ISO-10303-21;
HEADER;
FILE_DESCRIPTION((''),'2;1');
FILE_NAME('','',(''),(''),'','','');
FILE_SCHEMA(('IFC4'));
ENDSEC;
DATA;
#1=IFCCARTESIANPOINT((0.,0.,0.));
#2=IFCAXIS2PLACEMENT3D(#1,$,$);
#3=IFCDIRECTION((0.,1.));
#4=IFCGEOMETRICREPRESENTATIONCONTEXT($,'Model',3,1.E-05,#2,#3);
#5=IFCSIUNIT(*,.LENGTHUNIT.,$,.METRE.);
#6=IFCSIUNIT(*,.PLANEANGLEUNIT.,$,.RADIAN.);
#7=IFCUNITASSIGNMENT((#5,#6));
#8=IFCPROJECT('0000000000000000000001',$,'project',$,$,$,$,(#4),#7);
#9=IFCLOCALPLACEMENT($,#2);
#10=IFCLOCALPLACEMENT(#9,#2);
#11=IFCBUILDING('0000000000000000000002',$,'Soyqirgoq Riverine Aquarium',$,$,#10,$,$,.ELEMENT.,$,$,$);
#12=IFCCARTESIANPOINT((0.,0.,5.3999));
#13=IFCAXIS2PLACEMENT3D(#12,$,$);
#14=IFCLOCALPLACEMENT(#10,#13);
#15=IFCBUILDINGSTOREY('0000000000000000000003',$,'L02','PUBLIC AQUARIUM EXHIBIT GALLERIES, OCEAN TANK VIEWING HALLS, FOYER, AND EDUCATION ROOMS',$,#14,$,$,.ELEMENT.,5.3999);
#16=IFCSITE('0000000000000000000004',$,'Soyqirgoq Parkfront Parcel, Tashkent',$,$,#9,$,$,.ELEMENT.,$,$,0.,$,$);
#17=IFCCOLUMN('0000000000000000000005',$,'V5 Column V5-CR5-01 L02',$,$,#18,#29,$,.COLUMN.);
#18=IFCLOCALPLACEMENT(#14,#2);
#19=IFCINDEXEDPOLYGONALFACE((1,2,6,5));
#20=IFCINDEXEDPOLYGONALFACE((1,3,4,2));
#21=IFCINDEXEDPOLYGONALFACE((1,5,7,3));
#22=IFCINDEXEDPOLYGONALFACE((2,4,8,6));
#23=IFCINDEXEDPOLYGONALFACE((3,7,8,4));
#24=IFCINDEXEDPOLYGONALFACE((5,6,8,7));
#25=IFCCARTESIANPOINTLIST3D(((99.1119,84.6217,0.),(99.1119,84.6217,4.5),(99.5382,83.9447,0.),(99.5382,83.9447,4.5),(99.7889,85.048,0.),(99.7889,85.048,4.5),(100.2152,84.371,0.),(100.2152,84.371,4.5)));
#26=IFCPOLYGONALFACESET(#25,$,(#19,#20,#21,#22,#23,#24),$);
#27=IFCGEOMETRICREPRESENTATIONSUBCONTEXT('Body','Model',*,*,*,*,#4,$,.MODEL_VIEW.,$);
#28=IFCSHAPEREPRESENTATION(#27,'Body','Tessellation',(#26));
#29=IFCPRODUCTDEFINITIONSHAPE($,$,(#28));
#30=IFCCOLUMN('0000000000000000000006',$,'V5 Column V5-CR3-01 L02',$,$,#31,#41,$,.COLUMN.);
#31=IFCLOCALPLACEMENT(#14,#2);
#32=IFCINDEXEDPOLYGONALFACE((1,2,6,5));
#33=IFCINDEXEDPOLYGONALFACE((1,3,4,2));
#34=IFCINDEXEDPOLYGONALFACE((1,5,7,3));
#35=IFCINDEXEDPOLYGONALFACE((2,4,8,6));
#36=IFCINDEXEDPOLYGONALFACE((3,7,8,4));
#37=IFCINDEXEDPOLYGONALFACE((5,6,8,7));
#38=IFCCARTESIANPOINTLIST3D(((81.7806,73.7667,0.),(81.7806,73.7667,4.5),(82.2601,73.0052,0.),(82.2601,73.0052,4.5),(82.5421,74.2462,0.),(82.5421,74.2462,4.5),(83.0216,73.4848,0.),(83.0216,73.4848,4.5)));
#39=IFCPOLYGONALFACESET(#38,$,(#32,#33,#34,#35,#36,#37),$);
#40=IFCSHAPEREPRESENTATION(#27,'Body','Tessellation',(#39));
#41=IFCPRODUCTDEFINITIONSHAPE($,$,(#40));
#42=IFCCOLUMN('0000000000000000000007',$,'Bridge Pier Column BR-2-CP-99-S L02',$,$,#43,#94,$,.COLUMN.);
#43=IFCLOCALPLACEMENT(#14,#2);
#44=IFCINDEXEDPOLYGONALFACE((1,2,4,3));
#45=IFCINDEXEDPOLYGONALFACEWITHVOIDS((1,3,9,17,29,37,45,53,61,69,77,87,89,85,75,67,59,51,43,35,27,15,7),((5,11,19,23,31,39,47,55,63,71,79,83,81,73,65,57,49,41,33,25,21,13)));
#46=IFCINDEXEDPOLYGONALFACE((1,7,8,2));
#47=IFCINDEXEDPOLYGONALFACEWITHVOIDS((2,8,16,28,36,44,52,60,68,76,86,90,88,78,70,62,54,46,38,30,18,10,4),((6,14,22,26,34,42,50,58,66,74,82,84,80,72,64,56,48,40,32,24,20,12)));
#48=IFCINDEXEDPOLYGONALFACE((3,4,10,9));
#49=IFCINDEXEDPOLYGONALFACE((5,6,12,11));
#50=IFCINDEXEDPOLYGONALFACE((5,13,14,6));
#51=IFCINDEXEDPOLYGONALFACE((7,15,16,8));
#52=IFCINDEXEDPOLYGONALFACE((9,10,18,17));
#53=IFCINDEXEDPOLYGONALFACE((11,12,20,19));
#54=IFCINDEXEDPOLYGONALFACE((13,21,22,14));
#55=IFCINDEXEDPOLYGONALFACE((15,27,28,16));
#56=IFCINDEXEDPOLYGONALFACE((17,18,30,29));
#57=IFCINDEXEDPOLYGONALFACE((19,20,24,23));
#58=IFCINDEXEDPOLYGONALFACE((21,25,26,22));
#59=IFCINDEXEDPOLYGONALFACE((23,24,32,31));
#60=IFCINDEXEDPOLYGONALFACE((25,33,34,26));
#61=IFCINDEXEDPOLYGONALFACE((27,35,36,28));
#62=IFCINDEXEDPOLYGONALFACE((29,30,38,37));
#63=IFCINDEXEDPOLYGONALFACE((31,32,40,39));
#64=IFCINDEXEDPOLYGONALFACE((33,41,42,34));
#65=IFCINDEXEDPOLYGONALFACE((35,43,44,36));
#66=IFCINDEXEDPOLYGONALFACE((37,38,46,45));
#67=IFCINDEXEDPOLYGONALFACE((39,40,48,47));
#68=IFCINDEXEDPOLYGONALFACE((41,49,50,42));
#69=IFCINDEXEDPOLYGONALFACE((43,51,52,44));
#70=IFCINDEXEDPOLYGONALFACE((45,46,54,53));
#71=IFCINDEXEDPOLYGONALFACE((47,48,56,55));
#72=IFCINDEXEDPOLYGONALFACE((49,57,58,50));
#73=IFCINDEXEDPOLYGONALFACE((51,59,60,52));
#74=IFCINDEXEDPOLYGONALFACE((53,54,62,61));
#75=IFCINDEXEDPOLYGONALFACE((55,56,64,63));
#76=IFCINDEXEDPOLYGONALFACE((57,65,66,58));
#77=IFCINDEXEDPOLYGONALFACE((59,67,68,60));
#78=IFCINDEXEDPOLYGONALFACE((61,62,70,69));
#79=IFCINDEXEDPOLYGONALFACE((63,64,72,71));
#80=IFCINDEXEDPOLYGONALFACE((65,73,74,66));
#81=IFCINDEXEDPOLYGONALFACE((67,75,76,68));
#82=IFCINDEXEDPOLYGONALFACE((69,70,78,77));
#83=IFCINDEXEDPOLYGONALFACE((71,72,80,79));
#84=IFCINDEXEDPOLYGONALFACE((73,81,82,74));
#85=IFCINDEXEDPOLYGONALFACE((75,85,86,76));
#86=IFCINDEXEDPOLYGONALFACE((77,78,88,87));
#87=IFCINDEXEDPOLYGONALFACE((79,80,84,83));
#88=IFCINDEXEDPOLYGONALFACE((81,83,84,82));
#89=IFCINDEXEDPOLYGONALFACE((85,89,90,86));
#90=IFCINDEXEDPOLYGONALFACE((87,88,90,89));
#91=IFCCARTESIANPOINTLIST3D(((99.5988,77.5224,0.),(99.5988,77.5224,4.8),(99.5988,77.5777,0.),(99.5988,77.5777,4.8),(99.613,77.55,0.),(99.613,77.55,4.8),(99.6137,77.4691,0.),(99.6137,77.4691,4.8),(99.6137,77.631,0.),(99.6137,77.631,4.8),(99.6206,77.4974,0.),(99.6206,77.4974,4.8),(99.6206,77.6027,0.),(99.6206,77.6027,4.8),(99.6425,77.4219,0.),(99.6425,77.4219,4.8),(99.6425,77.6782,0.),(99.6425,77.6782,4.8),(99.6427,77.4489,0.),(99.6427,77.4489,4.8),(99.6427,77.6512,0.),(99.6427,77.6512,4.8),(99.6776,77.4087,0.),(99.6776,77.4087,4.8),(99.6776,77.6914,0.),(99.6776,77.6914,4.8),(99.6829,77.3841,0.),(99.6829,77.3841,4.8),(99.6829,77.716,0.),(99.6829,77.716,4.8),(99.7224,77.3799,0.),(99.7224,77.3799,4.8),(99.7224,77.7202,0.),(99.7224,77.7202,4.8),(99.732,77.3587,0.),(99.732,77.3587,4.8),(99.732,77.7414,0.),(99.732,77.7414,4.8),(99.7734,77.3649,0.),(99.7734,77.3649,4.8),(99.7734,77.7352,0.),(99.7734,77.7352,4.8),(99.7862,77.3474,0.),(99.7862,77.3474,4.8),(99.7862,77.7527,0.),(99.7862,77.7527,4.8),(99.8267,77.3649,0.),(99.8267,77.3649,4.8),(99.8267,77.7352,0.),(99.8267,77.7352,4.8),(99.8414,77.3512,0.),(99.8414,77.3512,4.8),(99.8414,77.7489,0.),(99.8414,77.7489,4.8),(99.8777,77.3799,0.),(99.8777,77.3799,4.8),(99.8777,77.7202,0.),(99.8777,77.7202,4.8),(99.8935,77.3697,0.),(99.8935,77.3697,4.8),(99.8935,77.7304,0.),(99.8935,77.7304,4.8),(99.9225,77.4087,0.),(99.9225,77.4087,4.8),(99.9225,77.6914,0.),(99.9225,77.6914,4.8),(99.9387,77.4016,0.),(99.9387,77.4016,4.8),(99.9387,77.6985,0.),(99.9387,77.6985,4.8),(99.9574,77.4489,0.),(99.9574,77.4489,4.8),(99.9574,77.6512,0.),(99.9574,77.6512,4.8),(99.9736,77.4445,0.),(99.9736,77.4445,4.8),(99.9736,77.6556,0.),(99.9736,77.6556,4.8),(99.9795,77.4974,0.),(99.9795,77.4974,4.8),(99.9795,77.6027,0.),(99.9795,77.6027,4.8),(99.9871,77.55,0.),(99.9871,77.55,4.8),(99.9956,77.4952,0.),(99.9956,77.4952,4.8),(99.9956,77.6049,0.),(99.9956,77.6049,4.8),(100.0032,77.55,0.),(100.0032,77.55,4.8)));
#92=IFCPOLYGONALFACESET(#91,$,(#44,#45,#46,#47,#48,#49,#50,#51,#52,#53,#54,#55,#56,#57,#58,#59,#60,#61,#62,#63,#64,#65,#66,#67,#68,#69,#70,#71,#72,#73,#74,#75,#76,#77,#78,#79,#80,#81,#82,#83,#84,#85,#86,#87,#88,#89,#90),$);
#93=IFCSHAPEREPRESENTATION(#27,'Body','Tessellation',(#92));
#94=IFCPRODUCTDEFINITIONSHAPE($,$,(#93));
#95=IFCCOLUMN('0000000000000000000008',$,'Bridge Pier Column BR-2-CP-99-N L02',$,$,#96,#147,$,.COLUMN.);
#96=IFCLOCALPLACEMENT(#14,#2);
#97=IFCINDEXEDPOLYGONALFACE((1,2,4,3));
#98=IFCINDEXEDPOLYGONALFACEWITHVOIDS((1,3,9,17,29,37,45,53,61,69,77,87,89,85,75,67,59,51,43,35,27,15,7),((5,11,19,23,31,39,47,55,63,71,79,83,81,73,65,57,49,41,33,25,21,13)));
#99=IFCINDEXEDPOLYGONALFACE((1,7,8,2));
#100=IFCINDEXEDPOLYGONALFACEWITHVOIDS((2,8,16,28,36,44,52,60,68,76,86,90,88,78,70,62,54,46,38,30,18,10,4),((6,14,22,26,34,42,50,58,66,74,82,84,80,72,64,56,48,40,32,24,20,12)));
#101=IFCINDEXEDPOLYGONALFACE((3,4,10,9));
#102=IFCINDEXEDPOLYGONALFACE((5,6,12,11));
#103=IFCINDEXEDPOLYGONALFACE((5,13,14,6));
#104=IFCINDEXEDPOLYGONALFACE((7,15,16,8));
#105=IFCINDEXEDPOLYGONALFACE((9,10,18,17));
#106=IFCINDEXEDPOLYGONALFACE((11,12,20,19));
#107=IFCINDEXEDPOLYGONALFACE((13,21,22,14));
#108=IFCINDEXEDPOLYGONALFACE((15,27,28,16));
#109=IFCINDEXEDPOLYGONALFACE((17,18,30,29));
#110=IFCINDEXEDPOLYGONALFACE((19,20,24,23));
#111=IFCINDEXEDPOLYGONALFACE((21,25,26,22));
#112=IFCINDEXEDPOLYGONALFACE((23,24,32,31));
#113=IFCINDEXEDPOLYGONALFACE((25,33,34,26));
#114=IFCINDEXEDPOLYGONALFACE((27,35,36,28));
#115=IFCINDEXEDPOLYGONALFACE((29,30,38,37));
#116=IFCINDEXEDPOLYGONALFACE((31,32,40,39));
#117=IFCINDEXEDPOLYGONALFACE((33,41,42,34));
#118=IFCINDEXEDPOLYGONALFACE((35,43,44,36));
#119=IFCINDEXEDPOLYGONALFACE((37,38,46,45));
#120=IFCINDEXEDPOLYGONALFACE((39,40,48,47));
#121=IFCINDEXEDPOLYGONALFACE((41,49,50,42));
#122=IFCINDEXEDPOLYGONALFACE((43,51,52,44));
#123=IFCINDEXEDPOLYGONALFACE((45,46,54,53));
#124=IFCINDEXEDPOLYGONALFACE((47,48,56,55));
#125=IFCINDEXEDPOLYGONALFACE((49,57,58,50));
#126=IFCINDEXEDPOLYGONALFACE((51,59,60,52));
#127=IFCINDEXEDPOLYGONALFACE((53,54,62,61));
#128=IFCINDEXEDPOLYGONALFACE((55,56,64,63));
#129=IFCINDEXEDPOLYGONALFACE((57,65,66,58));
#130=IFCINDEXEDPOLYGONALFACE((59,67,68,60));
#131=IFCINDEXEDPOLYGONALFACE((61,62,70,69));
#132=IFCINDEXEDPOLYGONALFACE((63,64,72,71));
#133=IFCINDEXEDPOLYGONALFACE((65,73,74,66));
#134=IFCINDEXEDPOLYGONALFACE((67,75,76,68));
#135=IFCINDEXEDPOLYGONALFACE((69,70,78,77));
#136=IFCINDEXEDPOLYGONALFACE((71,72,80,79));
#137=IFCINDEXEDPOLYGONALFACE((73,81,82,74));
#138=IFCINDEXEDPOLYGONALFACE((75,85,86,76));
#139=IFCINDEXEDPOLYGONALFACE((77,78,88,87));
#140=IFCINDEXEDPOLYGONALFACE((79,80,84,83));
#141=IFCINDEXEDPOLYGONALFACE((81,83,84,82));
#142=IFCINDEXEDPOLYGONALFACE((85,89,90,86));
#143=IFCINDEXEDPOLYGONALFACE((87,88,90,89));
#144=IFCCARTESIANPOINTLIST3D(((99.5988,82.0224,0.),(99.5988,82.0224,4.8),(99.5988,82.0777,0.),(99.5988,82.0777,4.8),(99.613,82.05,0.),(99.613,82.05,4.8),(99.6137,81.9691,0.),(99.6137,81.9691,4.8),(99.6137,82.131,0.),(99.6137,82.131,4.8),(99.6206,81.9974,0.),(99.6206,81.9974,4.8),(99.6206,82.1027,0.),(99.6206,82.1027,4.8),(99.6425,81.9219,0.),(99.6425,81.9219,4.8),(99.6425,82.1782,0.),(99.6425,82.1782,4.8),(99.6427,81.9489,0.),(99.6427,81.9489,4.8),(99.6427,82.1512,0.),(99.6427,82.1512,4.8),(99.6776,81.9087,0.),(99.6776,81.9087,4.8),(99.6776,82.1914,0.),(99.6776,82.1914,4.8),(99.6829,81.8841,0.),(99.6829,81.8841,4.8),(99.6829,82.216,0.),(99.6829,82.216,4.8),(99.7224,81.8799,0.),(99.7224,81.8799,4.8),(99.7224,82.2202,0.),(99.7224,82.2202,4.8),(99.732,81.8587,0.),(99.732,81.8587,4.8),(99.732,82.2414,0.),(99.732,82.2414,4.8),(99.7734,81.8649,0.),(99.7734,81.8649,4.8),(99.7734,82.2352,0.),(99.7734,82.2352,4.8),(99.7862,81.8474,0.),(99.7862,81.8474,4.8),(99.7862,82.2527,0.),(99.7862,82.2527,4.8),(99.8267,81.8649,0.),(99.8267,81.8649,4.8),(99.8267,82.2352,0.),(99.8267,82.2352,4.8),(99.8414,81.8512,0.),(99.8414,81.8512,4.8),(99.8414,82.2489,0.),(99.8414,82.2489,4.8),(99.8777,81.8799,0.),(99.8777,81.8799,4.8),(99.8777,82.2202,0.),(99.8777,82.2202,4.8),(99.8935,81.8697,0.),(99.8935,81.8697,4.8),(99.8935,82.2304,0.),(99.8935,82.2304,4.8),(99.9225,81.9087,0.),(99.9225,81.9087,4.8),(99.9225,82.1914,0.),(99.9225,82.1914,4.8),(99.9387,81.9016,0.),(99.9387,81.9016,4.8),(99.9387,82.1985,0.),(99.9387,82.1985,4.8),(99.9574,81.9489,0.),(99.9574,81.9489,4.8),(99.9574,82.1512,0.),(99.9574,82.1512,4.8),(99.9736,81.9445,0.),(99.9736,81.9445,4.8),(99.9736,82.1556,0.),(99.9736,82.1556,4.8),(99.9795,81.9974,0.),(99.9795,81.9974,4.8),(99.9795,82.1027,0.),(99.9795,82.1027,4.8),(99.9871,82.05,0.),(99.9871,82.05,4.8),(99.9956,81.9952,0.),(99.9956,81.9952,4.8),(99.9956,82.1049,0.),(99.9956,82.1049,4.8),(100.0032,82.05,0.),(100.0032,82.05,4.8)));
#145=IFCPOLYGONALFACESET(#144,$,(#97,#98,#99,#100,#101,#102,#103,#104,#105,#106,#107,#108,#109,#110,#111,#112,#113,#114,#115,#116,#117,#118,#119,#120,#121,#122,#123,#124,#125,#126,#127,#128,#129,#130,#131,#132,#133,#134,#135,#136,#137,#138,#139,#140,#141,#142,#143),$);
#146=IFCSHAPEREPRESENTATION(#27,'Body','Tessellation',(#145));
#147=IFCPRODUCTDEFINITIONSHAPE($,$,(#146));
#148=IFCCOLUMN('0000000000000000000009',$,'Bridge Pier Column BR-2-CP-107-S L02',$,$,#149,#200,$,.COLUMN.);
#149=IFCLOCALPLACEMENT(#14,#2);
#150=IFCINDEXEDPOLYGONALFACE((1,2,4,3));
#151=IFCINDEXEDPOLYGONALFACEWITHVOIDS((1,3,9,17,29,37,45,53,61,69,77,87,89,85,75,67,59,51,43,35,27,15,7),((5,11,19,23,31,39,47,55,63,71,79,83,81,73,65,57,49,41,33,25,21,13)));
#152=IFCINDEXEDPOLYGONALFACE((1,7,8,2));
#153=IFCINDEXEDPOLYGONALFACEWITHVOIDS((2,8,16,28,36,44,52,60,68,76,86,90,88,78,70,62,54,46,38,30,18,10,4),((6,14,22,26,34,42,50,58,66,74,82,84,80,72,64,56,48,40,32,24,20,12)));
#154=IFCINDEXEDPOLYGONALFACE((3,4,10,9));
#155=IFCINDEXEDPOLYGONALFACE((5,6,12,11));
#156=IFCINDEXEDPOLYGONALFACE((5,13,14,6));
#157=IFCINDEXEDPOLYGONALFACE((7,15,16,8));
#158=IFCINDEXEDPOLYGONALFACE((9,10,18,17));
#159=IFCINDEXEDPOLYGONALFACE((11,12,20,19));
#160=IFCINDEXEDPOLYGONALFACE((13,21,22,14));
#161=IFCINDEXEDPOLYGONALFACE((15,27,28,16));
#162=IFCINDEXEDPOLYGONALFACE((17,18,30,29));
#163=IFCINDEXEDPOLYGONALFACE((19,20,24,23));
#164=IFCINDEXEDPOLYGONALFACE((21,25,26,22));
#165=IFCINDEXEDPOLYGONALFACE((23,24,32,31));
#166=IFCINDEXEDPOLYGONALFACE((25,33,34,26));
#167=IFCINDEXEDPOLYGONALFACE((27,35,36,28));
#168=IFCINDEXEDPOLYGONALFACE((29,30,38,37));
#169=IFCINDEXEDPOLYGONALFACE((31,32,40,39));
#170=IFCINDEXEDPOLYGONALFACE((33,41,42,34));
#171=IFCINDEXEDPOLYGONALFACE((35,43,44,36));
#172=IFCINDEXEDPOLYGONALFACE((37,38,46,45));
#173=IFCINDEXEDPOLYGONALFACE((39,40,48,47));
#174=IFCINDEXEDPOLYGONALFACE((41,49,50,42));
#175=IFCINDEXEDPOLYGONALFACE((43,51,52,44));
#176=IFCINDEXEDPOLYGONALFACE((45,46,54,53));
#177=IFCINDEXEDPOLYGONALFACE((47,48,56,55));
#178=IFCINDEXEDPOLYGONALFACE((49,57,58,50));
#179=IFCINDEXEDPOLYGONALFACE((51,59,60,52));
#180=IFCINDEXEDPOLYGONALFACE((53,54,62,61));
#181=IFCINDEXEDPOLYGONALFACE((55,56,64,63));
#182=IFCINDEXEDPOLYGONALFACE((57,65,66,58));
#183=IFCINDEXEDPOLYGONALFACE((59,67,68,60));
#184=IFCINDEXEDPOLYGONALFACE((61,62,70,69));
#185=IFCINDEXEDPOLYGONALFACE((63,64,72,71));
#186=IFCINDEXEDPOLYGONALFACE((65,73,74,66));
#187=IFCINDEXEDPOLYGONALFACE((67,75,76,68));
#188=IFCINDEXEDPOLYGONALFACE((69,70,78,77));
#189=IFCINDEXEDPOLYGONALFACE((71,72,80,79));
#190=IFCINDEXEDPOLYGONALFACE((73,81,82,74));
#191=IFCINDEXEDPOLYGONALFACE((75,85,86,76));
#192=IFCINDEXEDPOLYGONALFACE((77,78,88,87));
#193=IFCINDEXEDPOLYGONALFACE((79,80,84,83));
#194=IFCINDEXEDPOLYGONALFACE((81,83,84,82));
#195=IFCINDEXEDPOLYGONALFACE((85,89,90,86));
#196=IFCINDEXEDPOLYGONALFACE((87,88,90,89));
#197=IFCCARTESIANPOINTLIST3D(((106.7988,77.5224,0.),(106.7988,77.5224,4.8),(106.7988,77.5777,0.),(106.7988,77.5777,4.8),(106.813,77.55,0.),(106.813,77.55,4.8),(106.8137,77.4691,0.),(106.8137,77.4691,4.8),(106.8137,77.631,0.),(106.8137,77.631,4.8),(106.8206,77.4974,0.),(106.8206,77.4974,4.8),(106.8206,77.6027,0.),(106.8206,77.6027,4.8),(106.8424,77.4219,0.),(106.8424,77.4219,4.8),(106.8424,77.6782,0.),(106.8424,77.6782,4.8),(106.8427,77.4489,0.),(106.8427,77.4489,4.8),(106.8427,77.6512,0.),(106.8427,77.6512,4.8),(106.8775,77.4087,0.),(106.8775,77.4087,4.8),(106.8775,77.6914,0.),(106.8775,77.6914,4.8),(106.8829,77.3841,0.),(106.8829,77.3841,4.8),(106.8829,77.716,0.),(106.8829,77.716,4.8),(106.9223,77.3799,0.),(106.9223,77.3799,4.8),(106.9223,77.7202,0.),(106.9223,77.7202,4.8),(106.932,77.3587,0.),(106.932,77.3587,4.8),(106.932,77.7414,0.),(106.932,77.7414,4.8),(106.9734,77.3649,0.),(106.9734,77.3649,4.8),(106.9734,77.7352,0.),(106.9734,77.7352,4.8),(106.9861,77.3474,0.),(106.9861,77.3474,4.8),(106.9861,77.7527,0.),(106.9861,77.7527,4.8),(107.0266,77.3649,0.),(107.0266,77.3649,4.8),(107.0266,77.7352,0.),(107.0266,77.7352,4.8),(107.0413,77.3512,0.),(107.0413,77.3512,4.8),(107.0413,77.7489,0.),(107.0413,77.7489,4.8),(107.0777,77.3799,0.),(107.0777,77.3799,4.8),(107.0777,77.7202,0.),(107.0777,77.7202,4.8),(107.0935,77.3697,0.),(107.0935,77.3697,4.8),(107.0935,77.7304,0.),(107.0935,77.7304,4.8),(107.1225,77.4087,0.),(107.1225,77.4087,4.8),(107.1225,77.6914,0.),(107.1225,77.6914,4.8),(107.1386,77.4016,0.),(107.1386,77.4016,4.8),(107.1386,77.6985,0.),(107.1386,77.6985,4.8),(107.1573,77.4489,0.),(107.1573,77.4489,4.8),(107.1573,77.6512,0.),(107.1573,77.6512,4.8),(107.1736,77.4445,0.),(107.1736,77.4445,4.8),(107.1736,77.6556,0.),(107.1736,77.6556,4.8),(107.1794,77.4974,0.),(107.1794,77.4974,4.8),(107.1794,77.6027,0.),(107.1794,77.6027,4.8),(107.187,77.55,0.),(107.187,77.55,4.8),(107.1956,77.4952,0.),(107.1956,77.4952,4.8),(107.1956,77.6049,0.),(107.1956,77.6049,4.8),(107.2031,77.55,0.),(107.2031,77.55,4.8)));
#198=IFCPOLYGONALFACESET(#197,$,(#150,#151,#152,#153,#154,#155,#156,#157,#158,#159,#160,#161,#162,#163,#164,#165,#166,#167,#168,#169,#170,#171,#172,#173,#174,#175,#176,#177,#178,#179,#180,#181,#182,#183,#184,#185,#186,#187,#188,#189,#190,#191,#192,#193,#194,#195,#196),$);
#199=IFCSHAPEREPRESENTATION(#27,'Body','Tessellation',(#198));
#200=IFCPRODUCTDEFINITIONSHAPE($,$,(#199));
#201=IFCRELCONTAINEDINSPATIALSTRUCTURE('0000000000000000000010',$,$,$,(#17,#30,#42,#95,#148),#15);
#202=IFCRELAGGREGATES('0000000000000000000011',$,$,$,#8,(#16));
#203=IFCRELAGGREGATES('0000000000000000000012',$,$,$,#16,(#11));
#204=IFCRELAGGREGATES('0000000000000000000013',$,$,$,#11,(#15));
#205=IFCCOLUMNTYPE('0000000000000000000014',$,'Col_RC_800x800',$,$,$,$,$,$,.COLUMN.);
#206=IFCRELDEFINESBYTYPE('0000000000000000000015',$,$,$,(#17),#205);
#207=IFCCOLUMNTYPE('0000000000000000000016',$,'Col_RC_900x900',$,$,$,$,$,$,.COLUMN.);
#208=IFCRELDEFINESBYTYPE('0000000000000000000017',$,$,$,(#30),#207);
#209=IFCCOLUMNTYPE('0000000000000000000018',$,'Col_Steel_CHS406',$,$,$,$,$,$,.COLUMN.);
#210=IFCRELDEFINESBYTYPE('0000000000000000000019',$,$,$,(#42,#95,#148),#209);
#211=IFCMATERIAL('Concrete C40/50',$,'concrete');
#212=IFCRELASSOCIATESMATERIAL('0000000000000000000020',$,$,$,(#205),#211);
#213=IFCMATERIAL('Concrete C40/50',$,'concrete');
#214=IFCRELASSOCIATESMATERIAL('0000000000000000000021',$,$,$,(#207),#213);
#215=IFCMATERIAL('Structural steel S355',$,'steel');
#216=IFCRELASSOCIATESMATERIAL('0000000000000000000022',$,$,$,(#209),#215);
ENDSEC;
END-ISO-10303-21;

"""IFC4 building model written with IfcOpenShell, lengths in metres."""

from ifc_helpers import new_model, si_unit, direction, frame, origin, origin_2d, place, context, subcontext, project, spatial, rectangle, hollow_circle, extrude, material, material_profile, profile_set, type_object, element, save


model = new_model("IFC4")

# Units and contexts
model_context = context("Model", 3, precision=1e-05, world=origin(), true_north=direction((0.0, 1.0)))
body_context = subcontext(model_context, "Body", "Model", "MODEL_VIEW")
ifc_project = project(units=[si_unit("LENGTHUNIT", "METRE"), si_unit("PLANEANGLEUNIT", "RADIAN")], contexts=[model_context])

# Site, building, storey
site_placement = place(None, origin())
site = spatial("IfcSite", under=ifc_project, at=site_placement, Name="Soyqirgoq Parkfront Parcel, Tashkent", CompositionType="ELEMENT", RefElevation=0.0)
building_placement = place(site_placement, origin())
building = spatial("IfcBuilding", under=site, at=building_placement, Name="Soyqirgoq Riverine Aquarium", CompositionType="ELEMENT")
storey_placement = place(building_placement, frame((0.0, 0.0, 5.3999)))
storey = spatial("IfcBuildingStorey", under=building, at=storey_placement, Name="L02", Description="PUBLIC AQUARIUM EXHIBIT GALLERIES, OCEAN TANK VIEWING HALLS, FOYER, AND EDUCATION ROOMS", CompositionType="ELEMENT", Elevation=5.3999)

# Columns
ifc_material_1 = material(Name="Concrete C40/50", Category="concrete")
ifc_material_profile_1 = material_profile(ifc_material_1, rectangle(XDim=0.8, YDim=0.8, at=origin_2d()), Name="RC 800x800")
ifc_profile_set_1 = profile_set([ifc_material_profile_1], Name="Concrete C40/50")
column_type_1 = type_object("IfcColumnType", Name="Col_RC_800x800", PredefinedType="COLUMN", material=ifc_profile_set_1)
column_1_placement = place(storey_placement, frame((99.6636, 84.4963, 0.0), z_axis=(0.0, 0.0, 1.0), x_axis=(0.846193, 0.532876, 0.0)))
element("IfcColumn", 1, at=column_1_placement, inside=storey, type_object=column_type_1, Name="V5 Column V5-CR5-01 L02", PredefinedType="COLUMN", context=body_context, shape_type="SweptSolid", body=[
    extrude(rectangle(XDim=0.8, YDim=0.8, at=origin_2d()), origin(), (0.0, 0.0, 1.0), 4.5),
])
ifc_material_2 = material(Name="Concrete C40/50", Category="concrete")
ifc_material_profile_2 = material_profile(ifc_material_2, rectangle(XDim=0.8999, YDim=0.8999, at=origin_2d()), Name="RC 900x900")
ifc_profile_set_2 = profile_set([ifc_material_profile_2], Name="Concrete C40/50")
column_type_2 = type_object("IfcColumnType", Name="Col_RC_900x900", PredefinedType="COLUMN", material=ifc_profile_set_2)
column_2_placement = place(storey_placement, frame((82.4011, 73.6257, 0.0), z_axis=(0.0, 0.0, 1.0), x_axis=(0.846193, 0.532876, 0.0)))
element("IfcColumn", 2, at=column_2_placement, inside=storey, type_object=column_type_2, Name="V5 Column V5-CR3-01 L02", PredefinedType="COLUMN", context=body_context, shape_type="SweptSolid", body=[
    extrude(rectangle(XDim=0.8999, YDim=0.8999, at=origin_2d()), origin(), (0.0, 0.0, 1.0), 4.5),
])
ifc_material_3 = material(Name="Structural steel S355", Category="steel")
ifc_material_profile_3 = material_profile(ifc_material_3, hollow_circle(Radius=0.2031, WallThickness=0.0161, at=origin_2d()), Name="CHS 406.4x16")
ifc_profile_set_3 = profile_set([ifc_material_profile_3], Name="Structural steel S355")
column_type_3 = type_object("IfcColumnType", Name="Col_Steel_CHS406", PredefinedType="COLUMN", material=ifc_profile_set_3)
for number, where, z_axis, x_axis, name in (
    (3, (99.8, 77.55, 0.0), (0.0, 0.0, 1.0), (1.0, 0.0, 0.0), "Bridge Pier Column BR-2-CP-99-S L02"),
    (4, (99.8, 82.05, 0.0), (0.0, 0.0, 1.0), (1.0, 0.0, 0.0), "Bridge Pier Column BR-2-CP-99-N L02"),
    (5, (107.0, 77.55, 0.0), (0.0, 0.0, 1.0), (1.0, 0.0, 0.0), "Bridge Pier Column BR-2-CP-107-S L02"),
):
    element("IfcColumn", number, at=place(storey_placement, frame(where, z_axis=z_axis, x_axis=x_axis)), inside=storey, type_object=column_type_3, Name=name, PredefinedType="COLUMN", context=body_context, shape_type="SweptSolid", body=[
        extrude(hollow_circle(Radius=0.2031, WallThickness=0.0161, at=origin_2d()), origin(), (0.0, 0.0, 1.0), 4.8),
    ])

save(model, "model.ifc")
